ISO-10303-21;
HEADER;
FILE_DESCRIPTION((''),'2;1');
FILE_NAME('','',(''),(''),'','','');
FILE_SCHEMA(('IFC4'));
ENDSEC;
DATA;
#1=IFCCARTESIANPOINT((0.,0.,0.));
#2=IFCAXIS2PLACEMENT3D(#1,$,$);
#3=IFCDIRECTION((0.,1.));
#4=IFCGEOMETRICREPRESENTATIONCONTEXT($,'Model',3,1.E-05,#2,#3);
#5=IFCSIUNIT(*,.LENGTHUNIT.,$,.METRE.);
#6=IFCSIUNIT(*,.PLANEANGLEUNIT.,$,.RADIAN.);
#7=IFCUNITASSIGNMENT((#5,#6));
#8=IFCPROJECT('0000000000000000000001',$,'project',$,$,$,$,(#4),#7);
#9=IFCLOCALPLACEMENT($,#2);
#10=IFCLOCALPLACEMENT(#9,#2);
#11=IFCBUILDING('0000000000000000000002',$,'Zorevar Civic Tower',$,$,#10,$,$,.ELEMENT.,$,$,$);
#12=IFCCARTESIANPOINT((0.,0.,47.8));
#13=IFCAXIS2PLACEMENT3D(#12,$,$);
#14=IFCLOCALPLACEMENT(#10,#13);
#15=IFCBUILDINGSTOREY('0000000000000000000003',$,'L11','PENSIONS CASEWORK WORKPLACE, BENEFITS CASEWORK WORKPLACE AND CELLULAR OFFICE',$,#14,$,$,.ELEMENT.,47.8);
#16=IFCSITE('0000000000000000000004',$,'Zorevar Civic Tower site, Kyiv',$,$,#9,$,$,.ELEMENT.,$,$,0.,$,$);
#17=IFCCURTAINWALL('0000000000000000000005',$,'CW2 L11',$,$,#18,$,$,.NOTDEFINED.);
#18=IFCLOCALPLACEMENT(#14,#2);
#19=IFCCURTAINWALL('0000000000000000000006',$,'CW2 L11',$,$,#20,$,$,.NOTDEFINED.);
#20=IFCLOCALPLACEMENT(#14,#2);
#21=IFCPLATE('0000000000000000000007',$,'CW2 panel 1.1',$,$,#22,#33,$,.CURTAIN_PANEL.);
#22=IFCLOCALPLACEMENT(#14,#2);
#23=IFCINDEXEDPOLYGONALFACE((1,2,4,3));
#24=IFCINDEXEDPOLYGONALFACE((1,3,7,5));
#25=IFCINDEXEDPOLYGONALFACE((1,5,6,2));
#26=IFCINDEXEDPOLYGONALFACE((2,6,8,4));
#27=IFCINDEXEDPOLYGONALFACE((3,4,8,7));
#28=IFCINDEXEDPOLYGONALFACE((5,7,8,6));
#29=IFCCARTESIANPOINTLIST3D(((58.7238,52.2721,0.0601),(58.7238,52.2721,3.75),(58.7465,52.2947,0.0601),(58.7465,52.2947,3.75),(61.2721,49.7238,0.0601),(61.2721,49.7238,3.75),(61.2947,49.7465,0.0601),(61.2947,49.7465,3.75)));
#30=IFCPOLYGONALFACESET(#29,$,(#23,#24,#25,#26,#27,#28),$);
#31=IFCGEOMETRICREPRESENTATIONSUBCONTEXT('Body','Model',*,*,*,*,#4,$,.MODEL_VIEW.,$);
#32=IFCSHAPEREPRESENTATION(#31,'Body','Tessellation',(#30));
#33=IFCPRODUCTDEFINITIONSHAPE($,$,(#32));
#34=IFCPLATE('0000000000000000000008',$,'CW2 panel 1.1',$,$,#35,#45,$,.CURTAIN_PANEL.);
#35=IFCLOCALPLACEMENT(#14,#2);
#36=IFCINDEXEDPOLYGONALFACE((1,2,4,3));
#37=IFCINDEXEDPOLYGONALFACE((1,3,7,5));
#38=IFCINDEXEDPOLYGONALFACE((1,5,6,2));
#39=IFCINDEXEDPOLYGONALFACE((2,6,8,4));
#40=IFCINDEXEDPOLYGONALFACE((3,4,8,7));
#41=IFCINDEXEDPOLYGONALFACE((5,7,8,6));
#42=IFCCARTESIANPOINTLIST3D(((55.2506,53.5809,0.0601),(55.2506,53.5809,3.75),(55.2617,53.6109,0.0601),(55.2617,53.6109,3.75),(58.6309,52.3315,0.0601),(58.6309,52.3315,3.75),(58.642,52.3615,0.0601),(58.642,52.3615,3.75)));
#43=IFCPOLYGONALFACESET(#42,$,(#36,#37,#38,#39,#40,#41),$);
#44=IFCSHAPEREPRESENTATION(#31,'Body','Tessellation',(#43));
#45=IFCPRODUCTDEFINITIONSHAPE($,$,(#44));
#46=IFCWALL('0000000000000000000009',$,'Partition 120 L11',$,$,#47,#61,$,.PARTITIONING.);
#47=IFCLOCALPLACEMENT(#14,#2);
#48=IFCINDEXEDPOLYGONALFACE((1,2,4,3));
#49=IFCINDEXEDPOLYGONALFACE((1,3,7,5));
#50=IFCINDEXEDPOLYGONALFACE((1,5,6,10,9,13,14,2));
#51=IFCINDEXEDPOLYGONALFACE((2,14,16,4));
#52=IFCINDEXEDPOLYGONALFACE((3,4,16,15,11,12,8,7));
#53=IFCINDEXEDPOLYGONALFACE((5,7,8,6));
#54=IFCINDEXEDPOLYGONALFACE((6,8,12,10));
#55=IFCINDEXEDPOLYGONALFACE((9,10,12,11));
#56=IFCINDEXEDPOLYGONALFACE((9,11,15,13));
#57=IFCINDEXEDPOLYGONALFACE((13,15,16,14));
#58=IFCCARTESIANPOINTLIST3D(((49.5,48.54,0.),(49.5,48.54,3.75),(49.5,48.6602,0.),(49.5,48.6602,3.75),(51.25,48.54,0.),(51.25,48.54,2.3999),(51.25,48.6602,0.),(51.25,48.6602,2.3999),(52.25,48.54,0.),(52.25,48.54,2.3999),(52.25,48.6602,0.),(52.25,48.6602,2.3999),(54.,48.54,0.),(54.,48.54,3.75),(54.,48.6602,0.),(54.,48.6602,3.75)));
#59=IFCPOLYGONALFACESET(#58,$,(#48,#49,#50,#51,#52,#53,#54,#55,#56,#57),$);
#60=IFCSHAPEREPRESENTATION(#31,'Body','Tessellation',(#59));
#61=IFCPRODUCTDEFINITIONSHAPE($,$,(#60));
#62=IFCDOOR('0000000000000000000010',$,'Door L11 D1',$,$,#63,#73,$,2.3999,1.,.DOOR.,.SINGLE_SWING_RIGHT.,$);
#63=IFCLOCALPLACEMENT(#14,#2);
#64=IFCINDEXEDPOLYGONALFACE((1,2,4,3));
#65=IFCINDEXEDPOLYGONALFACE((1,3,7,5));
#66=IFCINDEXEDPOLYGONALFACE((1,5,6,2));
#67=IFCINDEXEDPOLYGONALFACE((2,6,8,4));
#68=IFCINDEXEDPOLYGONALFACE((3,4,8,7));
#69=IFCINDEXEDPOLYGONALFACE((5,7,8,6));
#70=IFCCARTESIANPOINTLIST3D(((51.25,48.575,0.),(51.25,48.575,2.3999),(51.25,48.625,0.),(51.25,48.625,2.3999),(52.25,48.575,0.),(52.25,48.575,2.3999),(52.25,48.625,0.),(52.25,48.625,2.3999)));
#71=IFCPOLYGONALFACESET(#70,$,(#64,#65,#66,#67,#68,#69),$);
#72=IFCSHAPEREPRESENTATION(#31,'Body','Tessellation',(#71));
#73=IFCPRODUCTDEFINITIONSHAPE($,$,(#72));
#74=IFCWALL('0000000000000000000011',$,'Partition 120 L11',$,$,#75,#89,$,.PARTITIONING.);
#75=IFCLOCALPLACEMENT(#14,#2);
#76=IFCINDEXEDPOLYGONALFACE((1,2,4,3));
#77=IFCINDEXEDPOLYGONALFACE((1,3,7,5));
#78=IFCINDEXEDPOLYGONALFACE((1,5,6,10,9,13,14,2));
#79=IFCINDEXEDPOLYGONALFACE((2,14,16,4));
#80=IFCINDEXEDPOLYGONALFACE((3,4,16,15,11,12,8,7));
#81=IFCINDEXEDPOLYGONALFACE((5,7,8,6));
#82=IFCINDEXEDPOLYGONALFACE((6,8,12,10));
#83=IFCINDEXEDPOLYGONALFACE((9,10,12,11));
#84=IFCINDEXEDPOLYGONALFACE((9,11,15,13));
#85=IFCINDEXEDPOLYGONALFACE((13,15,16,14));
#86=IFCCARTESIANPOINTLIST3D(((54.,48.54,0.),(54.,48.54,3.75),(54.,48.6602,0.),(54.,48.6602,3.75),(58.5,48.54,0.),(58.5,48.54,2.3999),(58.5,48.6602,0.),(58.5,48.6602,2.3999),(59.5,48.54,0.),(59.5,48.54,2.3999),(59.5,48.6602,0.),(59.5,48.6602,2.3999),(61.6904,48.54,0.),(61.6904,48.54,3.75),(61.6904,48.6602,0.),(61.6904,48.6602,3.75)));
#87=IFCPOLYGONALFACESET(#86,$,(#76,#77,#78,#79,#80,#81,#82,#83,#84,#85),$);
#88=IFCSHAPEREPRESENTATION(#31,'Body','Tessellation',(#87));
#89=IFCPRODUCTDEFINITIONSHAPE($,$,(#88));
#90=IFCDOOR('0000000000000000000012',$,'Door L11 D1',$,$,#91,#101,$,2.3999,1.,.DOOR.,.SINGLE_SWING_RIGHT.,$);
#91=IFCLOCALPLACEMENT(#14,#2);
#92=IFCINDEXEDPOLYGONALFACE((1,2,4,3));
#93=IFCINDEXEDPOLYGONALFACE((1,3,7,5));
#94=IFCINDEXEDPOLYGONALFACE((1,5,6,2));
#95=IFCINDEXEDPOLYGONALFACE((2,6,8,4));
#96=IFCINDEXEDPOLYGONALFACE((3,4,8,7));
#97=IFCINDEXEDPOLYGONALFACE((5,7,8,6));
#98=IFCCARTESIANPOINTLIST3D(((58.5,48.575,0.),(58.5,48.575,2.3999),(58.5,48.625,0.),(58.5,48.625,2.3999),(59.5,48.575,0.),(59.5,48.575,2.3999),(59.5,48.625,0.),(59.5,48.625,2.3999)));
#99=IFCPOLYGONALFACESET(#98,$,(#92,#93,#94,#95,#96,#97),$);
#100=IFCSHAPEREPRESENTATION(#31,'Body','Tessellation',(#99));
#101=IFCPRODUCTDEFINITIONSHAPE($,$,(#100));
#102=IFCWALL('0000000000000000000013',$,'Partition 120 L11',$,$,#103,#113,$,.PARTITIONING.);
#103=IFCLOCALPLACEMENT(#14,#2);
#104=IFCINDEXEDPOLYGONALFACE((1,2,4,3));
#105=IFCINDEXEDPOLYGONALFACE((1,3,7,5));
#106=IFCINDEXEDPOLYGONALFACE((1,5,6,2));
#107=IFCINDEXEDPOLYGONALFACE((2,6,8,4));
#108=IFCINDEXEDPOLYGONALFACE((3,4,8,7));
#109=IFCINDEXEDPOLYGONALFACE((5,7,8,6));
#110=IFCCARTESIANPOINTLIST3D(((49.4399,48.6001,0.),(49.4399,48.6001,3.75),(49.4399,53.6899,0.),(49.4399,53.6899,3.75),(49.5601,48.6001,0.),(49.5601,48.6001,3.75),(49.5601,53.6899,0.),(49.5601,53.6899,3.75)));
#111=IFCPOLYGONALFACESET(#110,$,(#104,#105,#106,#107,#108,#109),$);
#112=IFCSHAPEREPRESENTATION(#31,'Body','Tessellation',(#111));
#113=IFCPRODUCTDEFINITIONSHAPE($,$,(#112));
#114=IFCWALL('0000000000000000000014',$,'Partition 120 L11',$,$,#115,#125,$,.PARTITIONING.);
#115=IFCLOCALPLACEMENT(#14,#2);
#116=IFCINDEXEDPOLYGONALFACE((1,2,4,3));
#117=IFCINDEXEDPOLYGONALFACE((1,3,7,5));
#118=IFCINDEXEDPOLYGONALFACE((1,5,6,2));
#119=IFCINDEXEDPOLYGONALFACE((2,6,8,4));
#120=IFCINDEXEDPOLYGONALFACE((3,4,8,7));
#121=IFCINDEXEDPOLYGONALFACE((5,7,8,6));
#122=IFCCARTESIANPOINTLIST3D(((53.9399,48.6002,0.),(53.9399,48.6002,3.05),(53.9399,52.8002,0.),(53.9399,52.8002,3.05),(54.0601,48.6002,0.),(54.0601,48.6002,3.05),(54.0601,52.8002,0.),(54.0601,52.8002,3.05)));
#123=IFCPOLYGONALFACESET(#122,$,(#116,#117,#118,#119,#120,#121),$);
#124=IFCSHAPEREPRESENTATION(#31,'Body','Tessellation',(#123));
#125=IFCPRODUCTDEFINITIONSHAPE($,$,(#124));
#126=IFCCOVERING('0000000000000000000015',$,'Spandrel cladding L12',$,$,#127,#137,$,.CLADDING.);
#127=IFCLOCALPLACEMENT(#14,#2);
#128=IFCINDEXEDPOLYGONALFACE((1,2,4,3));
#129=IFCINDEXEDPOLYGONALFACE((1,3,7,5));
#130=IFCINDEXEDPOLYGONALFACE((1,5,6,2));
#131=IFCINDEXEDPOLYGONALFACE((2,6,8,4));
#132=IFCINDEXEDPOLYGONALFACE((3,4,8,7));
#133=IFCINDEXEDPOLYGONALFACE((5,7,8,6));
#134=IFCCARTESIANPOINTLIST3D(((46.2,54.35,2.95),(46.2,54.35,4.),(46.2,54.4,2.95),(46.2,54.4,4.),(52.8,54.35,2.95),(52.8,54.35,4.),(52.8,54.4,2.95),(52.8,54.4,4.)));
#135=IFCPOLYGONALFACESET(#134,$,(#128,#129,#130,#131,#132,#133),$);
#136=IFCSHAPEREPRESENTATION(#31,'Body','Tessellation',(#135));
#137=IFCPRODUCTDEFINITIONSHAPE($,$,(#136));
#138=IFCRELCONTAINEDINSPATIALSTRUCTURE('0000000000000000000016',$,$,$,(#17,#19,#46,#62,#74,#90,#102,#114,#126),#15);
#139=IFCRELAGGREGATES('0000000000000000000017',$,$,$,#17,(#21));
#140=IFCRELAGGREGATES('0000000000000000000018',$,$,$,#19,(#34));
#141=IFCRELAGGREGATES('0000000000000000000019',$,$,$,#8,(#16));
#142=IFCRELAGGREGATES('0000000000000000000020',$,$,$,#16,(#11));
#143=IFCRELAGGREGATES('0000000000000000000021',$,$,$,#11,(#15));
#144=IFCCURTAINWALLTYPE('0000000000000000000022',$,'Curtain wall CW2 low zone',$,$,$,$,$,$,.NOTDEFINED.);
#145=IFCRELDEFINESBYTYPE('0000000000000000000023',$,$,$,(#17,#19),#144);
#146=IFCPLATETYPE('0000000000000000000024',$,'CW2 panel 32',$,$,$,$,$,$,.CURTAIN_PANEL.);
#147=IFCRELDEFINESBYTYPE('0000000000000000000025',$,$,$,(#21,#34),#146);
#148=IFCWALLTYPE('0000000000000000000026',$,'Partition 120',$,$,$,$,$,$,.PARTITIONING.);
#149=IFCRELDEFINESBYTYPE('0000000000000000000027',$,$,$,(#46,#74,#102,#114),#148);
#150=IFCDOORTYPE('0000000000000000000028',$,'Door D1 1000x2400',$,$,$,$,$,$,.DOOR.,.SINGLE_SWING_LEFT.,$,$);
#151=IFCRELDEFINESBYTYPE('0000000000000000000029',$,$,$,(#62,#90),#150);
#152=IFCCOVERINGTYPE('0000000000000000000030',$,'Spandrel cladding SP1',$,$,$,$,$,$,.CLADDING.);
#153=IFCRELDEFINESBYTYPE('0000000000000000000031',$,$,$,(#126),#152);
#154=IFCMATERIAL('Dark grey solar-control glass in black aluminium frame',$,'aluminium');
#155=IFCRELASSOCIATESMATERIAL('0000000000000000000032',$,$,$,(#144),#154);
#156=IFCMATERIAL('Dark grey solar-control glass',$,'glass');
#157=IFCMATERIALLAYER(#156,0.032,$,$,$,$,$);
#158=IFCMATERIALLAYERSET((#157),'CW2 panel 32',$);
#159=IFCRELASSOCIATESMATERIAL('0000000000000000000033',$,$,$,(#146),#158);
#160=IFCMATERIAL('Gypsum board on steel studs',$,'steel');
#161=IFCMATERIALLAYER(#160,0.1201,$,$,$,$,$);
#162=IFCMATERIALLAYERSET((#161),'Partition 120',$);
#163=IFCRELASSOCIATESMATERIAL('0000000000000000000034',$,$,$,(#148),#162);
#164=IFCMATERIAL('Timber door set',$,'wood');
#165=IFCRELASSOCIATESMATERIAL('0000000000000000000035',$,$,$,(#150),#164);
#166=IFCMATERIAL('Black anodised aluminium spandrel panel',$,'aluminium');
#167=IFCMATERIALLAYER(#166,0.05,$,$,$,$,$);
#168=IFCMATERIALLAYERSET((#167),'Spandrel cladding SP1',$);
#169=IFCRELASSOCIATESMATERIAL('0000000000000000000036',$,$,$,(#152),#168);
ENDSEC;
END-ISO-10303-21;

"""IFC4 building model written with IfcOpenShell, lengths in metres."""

from ifc_helpers import new_model, si_unit, direction, frame, frame_2d, origin, origin_2d, place, context, subcontext, project, spatial, rectangle, extrude, material, layer, layer_set, type_object, element, fill, aggregate, save


model = new_model("IFC4")

# Units and contexts
model_context = context("Model", 3, precision=1e-05, world=origin(), true_north=direction((0.0, 1.0)))
body_context = subcontext(model_context, "Body", "Model", "MODEL_VIEW")
ifc_project = project(units=[si_unit("LENGTHUNIT", "METRE"), si_unit("PLANEANGLEUNIT", "RADIAN")], contexts=[model_context])

# Site, building, storey
site_placement = place(None, origin())
site = spatial("IfcSite", under=ifc_project, at=site_placement, Name="Zorevar Civic Tower site, Kyiv", CompositionType="ELEMENT", RefElevation=0.0)
building_placement = place(site_placement, origin())
building = spatial("IfcBuilding", under=site, at=building_placement, Name="Zorevar Civic Tower", CompositionType="ELEMENT")
storey_placement = place(building_placement, frame((0.0, 0.0, 47.8)))
storey = spatial("IfcBuildingStorey", under=building, at=storey_placement, Name="L11", Description="PENSIONS CASEWORK WORKPLACE, BENEFITS CASEWORK WORKPLACE AND CELLULAR OFFICE", CompositionType="ELEMENT", Elevation=47.8)

# Curtain walls
ifc_material_1 = material(Name="Dark grey solar-control glass in black aluminium frame", Category="aluminium")
curtain_wall_type = type_object("IfcCurtainWallType", Name="Curtain wall CW2 low zone", PredefinedType="NOTDEFINED", material=ifc_material_1)
curtain_wall_1_placement = place(storey_placement, origin())
curtain_wall_1 = element("IfcCurtainWall", 1, at=curtain_wall_1_placement, inside=storey, type_object=curtain_wall_type, Name="CW2 L11", PredefinedType="NOTDEFINED")
curtain_wall_2_placement = place(storey_placement, origin())
curtain_wall_2 = element("IfcCurtainWall", 2, at=curtain_wall_2_placement, inside=storey, type_object=curtain_wall_type, Name="CW2 L11", PredefinedType="NOTDEFINED")

# Plates
ifc_material_2 = material(Name="Dark grey solar-control glass", Category="glass")
ifc_layer_1 = layer(ifc_material_2, 0.032)
ifc_layer_set_1 = layer_set([ifc_layer_1], Name="CW2 panel 32")
plate_type = type_object("IfcPlateType", Name="CW2 panel 32", PredefinedType="CURTAIN_PANEL", material=ifc_layer_set_1)
plate_1_placement = place(storey_placement, frame((60.0093, 51.0093, 0.0601), z_axis=(0.0, 0.0, 1.0), x_axis=(-0.707107, 0.707107, 0.0)))
plate_1 = element("IfcPlate", 3, at=plate_1_placement, type_object=plate_type, Name="CW2 panel 1.1", PredefinedType="CURTAIN_PANEL", context=body_context, shape_type="SweptSolid", body=[
    extrude(rectangle(XDim=3.6038, YDim=0.032, at=origin_2d()), origin(), (0.0, 0.0, 1.0), 3.6899),
])
aggregate(curtain_wall_1, [plate_1])
plate_2_placement = place(storey_placement, frame((56.9463, 52.9712, 0.0601), z_axis=(0.0, 0.0, 1.0), x_axis=(-0.937975, 0.346704, 0.0)))
plate_2 = element("IfcPlate", 4, at=plate_2_placement, type_object=plate_type, Name="CW2 panel 1.1", PredefinedType="CURTAIN_PANEL", context=body_context, shape_type="SweptSolid", body=[
    extrude(rectangle(XDim=3.6038, YDim=0.032, at=origin_2d()), origin(), (0.0, 0.0, 1.0), 3.6899),
])
aggregate(curtain_wall_2, [plate_2])

# Walls, openings, doors
ifc_material_3 = material(Name="Gypsum board on steel studs", Category="steel")
ifc_layer_2 = layer(ifc_material_3, 0.1201)
ifc_layer_set_2 = layer_set([ifc_layer_2], Name="Partition 120")
wall_type = type_object("IfcWallType", Name="Partition 120", PredefinedType="PARTITIONING", material=ifc_layer_set_2)
wall_1_placement = place(storey_placement, frame((49.5, 48.6001, 0.0), z_axis=(0.0, 0.0, 1.0), x_axis=(1.0, 0.0, 0.0)))
wall_1 = element("IfcWall", 5, at=wall_1_placement, inside=storey, type_object=wall_type, Name="Partition 120 L11", PredefinedType="PARTITIONING", context=body_context, shape_type="SweptSolid", body=[
    extrude(rectangle(XDim=4.5, YDim=0.1201, at=frame_2d((2.25, 0.0))), origin(), (0.0, 0.0, 1.0), 3.75),
])
opening_1_placement = place(wall_1_placement, frame((1.75, 0.0, 0.0)))
opening_1 = element("IfcOpeningElement", 6, at=opening_1_placement, cuts=wall_1, PredefinedType="OPENING", context=body_context, shape_type="SweptSolid", body=[
    extrude(rectangle(XDim=1.0, YDim=2.3999, at=frame_2d((0.5, 1.2))), frame((0.0, 0.0701, 0.0), z_axis=(0.0, -1.0, 0.0), x_axis=(1.0, 0.0, 0.0)), (0.0, 0.0, 1.0), 0.1401),
])
ifc_material_4 = material(Name="Timber door set", Category="wood")
door_type = type_object("IfcDoorType", Name="Door D1 1000x2400", OperationType="SINGLE_SWING_LEFT", PredefinedType="DOOR", material=ifc_material_4)
door_1_placement = place(opening_1_placement, origin())
door_1 = element("IfcDoor", 7, at=door_1_placement, inside=storey, type_object=door_type, Name="Door L11 D1", OperationType="SINGLE_SWING_RIGHT", OverallHeight=2.3999, OverallWidth=1.0, PredefinedType="DOOR", context=body_context, shape_type="SweptSolid", body=[
    extrude(rectangle(XDim=1.0, YDim=2.3999, at=frame_2d((0.5, 1.2))), frame((0.0, 0.0249, 0.0), z_axis=(0.0, -1.0, 0.0), x_axis=(1.0, 0.0, 0.0)), (0.0, 0.0, 1.0), 0.05),
])
fill(opening_1, door_1)
wall_2_placement = place(storey_placement, frame((54.0, 48.6001, 0.0), z_axis=(0.0, 0.0, 1.0), x_axis=(1.0, 0.0, 0.0)))
wall_2 = element("IfcWall", 8, at=wall_2_placement, inside=storey, type_object=wall_type, Name="Partition 120 L11", PredefinedType="PARTITIONING", context=body_context, shape_type="SweptSolid", body=[
    extrude(rectangle(XDim=7.6904, YDim=0.1201, at=frame_2d((3.8452, 0.0))), origin(), (0.0, 0.0, 1.0), 3.75),
])
opening_2_placement = place(wall_2_placement, frame((4.5, 0.0, 0.0)))
opening_2 = element("IfcOpeningElement", 9, at=opening_2_placement, cuts=wall_2, PredefinedType="OPENING", context=body_context, shape_type="SweptSolid", body=[
    extrude(rectangle(XDim=1.0, YDim=2.3999, at=frame_2d((0.5, 1.2))), frame((0.0, 0.0701, 0.0), z_axis=(0.0, -1.0, 0.0), x_axis=(1.0, 0.0, 0.0)), (0.0, 0.0, 1.0), 0.1401),
])
door_2_placement = place(opening_2_placement, origin())
door_2 = element("IfcDoor", 10, at=door_2_placement, inside=storey, type_object=door_type, Name="Door L11 D1", OperationType="SINGLE_SWING_RIGHT", OverallHeight=2.3999, OverallWidth=1.0, PredefinedType="DOOR", context=body_context, shape_type="SweptSolid", body=[
    extrude(rectangle(XDim=1.0, YDim=2.3999, at=frame_2d((0.5, 1.2))), frame((0.0, 0.0249, 0.0), z_axis=(0.0, -1.0, 0.0), x_axis=(1.0, 0.0, 0.0)), (0.0, 0.0, 1.0), 0.05),
])
fill(opening_2, door_2)

# Walls
wall_3_placement = place(storey_placement, frame((49.5, 48.6001, 0.0), z_axis=(0.0, 0.0, 1.0), x_axis=(0.0, 1.0, 0.0)))
element("IfcWall", 11, at=wall_3_placement, inside=storey, type_object=wall_type, Name="Partition 120 L11", PredefinedType="PARTITIONING", context=body_context, shape_type="SweptSolid", body=[
    extrude(rectangle(XDim=5.0898, YDim=0.1201, at=frame_2d((2.5449, 0.0))), origin(), (0.0, 0.0, 1.0), 3.75),
])
wall_4_placement = place(storey_placement, frame((54.0, 48.6001, 0.0), z_axis=(0.0, 0.0, 1.0), x_axis=(0.0, 1.0, 0.0)))
element("IfcWall", 12, at=wall_4_placement, inside=storey, type_object=wall_type, Name="Partition 120 L11", PredefinedType="PARTITIONING", context=body_context, shape_type="SweptSolid", body=[
    extrude(rectangle(XDim=4.2, YDim=0.1201, at=frame_2d((2.1001, 0.0))), origin(), (0.0, 0.0, 1.0), 3.05),
])

# Covering
ifc_material_5 = material(Name="Black anodised aluminium spandrel panel", Category="aluminium")
ifc_layer_3 = layer(ifc_material_5, 0.05)
ifc_layer_set_3 = layer_set([ifc_layer_3], Name="Spandrel cladding SP1")
covering_type = type_object("IfcCoveringType", Name="Spandrel cladding SP1", PredefinedType="CLADDING", material=ifc_layer_set_3)
covering_placement = place(storey_placement, frame((46.2, 54.375, 2.95), z_axis=(0.0, 0.0, 1.0), x_axis=(1.0, 0.0, 0.0)))
element("IfcCovering", 13, at=covering_placement, inside=storey, type_object=covering_type, Name="Spandrel cladding L12", PredefinedType="CLADDING", context=body_context, shape_type="SweptSolid", body=[
    extrude(rectangle(XDim=6.6001, YDim=0.05, at=frame_2d((3.3, 0.0))), origin(), (0.0, 0.0, 1.0), 1.05),
])

save(model, "model.ifc")
